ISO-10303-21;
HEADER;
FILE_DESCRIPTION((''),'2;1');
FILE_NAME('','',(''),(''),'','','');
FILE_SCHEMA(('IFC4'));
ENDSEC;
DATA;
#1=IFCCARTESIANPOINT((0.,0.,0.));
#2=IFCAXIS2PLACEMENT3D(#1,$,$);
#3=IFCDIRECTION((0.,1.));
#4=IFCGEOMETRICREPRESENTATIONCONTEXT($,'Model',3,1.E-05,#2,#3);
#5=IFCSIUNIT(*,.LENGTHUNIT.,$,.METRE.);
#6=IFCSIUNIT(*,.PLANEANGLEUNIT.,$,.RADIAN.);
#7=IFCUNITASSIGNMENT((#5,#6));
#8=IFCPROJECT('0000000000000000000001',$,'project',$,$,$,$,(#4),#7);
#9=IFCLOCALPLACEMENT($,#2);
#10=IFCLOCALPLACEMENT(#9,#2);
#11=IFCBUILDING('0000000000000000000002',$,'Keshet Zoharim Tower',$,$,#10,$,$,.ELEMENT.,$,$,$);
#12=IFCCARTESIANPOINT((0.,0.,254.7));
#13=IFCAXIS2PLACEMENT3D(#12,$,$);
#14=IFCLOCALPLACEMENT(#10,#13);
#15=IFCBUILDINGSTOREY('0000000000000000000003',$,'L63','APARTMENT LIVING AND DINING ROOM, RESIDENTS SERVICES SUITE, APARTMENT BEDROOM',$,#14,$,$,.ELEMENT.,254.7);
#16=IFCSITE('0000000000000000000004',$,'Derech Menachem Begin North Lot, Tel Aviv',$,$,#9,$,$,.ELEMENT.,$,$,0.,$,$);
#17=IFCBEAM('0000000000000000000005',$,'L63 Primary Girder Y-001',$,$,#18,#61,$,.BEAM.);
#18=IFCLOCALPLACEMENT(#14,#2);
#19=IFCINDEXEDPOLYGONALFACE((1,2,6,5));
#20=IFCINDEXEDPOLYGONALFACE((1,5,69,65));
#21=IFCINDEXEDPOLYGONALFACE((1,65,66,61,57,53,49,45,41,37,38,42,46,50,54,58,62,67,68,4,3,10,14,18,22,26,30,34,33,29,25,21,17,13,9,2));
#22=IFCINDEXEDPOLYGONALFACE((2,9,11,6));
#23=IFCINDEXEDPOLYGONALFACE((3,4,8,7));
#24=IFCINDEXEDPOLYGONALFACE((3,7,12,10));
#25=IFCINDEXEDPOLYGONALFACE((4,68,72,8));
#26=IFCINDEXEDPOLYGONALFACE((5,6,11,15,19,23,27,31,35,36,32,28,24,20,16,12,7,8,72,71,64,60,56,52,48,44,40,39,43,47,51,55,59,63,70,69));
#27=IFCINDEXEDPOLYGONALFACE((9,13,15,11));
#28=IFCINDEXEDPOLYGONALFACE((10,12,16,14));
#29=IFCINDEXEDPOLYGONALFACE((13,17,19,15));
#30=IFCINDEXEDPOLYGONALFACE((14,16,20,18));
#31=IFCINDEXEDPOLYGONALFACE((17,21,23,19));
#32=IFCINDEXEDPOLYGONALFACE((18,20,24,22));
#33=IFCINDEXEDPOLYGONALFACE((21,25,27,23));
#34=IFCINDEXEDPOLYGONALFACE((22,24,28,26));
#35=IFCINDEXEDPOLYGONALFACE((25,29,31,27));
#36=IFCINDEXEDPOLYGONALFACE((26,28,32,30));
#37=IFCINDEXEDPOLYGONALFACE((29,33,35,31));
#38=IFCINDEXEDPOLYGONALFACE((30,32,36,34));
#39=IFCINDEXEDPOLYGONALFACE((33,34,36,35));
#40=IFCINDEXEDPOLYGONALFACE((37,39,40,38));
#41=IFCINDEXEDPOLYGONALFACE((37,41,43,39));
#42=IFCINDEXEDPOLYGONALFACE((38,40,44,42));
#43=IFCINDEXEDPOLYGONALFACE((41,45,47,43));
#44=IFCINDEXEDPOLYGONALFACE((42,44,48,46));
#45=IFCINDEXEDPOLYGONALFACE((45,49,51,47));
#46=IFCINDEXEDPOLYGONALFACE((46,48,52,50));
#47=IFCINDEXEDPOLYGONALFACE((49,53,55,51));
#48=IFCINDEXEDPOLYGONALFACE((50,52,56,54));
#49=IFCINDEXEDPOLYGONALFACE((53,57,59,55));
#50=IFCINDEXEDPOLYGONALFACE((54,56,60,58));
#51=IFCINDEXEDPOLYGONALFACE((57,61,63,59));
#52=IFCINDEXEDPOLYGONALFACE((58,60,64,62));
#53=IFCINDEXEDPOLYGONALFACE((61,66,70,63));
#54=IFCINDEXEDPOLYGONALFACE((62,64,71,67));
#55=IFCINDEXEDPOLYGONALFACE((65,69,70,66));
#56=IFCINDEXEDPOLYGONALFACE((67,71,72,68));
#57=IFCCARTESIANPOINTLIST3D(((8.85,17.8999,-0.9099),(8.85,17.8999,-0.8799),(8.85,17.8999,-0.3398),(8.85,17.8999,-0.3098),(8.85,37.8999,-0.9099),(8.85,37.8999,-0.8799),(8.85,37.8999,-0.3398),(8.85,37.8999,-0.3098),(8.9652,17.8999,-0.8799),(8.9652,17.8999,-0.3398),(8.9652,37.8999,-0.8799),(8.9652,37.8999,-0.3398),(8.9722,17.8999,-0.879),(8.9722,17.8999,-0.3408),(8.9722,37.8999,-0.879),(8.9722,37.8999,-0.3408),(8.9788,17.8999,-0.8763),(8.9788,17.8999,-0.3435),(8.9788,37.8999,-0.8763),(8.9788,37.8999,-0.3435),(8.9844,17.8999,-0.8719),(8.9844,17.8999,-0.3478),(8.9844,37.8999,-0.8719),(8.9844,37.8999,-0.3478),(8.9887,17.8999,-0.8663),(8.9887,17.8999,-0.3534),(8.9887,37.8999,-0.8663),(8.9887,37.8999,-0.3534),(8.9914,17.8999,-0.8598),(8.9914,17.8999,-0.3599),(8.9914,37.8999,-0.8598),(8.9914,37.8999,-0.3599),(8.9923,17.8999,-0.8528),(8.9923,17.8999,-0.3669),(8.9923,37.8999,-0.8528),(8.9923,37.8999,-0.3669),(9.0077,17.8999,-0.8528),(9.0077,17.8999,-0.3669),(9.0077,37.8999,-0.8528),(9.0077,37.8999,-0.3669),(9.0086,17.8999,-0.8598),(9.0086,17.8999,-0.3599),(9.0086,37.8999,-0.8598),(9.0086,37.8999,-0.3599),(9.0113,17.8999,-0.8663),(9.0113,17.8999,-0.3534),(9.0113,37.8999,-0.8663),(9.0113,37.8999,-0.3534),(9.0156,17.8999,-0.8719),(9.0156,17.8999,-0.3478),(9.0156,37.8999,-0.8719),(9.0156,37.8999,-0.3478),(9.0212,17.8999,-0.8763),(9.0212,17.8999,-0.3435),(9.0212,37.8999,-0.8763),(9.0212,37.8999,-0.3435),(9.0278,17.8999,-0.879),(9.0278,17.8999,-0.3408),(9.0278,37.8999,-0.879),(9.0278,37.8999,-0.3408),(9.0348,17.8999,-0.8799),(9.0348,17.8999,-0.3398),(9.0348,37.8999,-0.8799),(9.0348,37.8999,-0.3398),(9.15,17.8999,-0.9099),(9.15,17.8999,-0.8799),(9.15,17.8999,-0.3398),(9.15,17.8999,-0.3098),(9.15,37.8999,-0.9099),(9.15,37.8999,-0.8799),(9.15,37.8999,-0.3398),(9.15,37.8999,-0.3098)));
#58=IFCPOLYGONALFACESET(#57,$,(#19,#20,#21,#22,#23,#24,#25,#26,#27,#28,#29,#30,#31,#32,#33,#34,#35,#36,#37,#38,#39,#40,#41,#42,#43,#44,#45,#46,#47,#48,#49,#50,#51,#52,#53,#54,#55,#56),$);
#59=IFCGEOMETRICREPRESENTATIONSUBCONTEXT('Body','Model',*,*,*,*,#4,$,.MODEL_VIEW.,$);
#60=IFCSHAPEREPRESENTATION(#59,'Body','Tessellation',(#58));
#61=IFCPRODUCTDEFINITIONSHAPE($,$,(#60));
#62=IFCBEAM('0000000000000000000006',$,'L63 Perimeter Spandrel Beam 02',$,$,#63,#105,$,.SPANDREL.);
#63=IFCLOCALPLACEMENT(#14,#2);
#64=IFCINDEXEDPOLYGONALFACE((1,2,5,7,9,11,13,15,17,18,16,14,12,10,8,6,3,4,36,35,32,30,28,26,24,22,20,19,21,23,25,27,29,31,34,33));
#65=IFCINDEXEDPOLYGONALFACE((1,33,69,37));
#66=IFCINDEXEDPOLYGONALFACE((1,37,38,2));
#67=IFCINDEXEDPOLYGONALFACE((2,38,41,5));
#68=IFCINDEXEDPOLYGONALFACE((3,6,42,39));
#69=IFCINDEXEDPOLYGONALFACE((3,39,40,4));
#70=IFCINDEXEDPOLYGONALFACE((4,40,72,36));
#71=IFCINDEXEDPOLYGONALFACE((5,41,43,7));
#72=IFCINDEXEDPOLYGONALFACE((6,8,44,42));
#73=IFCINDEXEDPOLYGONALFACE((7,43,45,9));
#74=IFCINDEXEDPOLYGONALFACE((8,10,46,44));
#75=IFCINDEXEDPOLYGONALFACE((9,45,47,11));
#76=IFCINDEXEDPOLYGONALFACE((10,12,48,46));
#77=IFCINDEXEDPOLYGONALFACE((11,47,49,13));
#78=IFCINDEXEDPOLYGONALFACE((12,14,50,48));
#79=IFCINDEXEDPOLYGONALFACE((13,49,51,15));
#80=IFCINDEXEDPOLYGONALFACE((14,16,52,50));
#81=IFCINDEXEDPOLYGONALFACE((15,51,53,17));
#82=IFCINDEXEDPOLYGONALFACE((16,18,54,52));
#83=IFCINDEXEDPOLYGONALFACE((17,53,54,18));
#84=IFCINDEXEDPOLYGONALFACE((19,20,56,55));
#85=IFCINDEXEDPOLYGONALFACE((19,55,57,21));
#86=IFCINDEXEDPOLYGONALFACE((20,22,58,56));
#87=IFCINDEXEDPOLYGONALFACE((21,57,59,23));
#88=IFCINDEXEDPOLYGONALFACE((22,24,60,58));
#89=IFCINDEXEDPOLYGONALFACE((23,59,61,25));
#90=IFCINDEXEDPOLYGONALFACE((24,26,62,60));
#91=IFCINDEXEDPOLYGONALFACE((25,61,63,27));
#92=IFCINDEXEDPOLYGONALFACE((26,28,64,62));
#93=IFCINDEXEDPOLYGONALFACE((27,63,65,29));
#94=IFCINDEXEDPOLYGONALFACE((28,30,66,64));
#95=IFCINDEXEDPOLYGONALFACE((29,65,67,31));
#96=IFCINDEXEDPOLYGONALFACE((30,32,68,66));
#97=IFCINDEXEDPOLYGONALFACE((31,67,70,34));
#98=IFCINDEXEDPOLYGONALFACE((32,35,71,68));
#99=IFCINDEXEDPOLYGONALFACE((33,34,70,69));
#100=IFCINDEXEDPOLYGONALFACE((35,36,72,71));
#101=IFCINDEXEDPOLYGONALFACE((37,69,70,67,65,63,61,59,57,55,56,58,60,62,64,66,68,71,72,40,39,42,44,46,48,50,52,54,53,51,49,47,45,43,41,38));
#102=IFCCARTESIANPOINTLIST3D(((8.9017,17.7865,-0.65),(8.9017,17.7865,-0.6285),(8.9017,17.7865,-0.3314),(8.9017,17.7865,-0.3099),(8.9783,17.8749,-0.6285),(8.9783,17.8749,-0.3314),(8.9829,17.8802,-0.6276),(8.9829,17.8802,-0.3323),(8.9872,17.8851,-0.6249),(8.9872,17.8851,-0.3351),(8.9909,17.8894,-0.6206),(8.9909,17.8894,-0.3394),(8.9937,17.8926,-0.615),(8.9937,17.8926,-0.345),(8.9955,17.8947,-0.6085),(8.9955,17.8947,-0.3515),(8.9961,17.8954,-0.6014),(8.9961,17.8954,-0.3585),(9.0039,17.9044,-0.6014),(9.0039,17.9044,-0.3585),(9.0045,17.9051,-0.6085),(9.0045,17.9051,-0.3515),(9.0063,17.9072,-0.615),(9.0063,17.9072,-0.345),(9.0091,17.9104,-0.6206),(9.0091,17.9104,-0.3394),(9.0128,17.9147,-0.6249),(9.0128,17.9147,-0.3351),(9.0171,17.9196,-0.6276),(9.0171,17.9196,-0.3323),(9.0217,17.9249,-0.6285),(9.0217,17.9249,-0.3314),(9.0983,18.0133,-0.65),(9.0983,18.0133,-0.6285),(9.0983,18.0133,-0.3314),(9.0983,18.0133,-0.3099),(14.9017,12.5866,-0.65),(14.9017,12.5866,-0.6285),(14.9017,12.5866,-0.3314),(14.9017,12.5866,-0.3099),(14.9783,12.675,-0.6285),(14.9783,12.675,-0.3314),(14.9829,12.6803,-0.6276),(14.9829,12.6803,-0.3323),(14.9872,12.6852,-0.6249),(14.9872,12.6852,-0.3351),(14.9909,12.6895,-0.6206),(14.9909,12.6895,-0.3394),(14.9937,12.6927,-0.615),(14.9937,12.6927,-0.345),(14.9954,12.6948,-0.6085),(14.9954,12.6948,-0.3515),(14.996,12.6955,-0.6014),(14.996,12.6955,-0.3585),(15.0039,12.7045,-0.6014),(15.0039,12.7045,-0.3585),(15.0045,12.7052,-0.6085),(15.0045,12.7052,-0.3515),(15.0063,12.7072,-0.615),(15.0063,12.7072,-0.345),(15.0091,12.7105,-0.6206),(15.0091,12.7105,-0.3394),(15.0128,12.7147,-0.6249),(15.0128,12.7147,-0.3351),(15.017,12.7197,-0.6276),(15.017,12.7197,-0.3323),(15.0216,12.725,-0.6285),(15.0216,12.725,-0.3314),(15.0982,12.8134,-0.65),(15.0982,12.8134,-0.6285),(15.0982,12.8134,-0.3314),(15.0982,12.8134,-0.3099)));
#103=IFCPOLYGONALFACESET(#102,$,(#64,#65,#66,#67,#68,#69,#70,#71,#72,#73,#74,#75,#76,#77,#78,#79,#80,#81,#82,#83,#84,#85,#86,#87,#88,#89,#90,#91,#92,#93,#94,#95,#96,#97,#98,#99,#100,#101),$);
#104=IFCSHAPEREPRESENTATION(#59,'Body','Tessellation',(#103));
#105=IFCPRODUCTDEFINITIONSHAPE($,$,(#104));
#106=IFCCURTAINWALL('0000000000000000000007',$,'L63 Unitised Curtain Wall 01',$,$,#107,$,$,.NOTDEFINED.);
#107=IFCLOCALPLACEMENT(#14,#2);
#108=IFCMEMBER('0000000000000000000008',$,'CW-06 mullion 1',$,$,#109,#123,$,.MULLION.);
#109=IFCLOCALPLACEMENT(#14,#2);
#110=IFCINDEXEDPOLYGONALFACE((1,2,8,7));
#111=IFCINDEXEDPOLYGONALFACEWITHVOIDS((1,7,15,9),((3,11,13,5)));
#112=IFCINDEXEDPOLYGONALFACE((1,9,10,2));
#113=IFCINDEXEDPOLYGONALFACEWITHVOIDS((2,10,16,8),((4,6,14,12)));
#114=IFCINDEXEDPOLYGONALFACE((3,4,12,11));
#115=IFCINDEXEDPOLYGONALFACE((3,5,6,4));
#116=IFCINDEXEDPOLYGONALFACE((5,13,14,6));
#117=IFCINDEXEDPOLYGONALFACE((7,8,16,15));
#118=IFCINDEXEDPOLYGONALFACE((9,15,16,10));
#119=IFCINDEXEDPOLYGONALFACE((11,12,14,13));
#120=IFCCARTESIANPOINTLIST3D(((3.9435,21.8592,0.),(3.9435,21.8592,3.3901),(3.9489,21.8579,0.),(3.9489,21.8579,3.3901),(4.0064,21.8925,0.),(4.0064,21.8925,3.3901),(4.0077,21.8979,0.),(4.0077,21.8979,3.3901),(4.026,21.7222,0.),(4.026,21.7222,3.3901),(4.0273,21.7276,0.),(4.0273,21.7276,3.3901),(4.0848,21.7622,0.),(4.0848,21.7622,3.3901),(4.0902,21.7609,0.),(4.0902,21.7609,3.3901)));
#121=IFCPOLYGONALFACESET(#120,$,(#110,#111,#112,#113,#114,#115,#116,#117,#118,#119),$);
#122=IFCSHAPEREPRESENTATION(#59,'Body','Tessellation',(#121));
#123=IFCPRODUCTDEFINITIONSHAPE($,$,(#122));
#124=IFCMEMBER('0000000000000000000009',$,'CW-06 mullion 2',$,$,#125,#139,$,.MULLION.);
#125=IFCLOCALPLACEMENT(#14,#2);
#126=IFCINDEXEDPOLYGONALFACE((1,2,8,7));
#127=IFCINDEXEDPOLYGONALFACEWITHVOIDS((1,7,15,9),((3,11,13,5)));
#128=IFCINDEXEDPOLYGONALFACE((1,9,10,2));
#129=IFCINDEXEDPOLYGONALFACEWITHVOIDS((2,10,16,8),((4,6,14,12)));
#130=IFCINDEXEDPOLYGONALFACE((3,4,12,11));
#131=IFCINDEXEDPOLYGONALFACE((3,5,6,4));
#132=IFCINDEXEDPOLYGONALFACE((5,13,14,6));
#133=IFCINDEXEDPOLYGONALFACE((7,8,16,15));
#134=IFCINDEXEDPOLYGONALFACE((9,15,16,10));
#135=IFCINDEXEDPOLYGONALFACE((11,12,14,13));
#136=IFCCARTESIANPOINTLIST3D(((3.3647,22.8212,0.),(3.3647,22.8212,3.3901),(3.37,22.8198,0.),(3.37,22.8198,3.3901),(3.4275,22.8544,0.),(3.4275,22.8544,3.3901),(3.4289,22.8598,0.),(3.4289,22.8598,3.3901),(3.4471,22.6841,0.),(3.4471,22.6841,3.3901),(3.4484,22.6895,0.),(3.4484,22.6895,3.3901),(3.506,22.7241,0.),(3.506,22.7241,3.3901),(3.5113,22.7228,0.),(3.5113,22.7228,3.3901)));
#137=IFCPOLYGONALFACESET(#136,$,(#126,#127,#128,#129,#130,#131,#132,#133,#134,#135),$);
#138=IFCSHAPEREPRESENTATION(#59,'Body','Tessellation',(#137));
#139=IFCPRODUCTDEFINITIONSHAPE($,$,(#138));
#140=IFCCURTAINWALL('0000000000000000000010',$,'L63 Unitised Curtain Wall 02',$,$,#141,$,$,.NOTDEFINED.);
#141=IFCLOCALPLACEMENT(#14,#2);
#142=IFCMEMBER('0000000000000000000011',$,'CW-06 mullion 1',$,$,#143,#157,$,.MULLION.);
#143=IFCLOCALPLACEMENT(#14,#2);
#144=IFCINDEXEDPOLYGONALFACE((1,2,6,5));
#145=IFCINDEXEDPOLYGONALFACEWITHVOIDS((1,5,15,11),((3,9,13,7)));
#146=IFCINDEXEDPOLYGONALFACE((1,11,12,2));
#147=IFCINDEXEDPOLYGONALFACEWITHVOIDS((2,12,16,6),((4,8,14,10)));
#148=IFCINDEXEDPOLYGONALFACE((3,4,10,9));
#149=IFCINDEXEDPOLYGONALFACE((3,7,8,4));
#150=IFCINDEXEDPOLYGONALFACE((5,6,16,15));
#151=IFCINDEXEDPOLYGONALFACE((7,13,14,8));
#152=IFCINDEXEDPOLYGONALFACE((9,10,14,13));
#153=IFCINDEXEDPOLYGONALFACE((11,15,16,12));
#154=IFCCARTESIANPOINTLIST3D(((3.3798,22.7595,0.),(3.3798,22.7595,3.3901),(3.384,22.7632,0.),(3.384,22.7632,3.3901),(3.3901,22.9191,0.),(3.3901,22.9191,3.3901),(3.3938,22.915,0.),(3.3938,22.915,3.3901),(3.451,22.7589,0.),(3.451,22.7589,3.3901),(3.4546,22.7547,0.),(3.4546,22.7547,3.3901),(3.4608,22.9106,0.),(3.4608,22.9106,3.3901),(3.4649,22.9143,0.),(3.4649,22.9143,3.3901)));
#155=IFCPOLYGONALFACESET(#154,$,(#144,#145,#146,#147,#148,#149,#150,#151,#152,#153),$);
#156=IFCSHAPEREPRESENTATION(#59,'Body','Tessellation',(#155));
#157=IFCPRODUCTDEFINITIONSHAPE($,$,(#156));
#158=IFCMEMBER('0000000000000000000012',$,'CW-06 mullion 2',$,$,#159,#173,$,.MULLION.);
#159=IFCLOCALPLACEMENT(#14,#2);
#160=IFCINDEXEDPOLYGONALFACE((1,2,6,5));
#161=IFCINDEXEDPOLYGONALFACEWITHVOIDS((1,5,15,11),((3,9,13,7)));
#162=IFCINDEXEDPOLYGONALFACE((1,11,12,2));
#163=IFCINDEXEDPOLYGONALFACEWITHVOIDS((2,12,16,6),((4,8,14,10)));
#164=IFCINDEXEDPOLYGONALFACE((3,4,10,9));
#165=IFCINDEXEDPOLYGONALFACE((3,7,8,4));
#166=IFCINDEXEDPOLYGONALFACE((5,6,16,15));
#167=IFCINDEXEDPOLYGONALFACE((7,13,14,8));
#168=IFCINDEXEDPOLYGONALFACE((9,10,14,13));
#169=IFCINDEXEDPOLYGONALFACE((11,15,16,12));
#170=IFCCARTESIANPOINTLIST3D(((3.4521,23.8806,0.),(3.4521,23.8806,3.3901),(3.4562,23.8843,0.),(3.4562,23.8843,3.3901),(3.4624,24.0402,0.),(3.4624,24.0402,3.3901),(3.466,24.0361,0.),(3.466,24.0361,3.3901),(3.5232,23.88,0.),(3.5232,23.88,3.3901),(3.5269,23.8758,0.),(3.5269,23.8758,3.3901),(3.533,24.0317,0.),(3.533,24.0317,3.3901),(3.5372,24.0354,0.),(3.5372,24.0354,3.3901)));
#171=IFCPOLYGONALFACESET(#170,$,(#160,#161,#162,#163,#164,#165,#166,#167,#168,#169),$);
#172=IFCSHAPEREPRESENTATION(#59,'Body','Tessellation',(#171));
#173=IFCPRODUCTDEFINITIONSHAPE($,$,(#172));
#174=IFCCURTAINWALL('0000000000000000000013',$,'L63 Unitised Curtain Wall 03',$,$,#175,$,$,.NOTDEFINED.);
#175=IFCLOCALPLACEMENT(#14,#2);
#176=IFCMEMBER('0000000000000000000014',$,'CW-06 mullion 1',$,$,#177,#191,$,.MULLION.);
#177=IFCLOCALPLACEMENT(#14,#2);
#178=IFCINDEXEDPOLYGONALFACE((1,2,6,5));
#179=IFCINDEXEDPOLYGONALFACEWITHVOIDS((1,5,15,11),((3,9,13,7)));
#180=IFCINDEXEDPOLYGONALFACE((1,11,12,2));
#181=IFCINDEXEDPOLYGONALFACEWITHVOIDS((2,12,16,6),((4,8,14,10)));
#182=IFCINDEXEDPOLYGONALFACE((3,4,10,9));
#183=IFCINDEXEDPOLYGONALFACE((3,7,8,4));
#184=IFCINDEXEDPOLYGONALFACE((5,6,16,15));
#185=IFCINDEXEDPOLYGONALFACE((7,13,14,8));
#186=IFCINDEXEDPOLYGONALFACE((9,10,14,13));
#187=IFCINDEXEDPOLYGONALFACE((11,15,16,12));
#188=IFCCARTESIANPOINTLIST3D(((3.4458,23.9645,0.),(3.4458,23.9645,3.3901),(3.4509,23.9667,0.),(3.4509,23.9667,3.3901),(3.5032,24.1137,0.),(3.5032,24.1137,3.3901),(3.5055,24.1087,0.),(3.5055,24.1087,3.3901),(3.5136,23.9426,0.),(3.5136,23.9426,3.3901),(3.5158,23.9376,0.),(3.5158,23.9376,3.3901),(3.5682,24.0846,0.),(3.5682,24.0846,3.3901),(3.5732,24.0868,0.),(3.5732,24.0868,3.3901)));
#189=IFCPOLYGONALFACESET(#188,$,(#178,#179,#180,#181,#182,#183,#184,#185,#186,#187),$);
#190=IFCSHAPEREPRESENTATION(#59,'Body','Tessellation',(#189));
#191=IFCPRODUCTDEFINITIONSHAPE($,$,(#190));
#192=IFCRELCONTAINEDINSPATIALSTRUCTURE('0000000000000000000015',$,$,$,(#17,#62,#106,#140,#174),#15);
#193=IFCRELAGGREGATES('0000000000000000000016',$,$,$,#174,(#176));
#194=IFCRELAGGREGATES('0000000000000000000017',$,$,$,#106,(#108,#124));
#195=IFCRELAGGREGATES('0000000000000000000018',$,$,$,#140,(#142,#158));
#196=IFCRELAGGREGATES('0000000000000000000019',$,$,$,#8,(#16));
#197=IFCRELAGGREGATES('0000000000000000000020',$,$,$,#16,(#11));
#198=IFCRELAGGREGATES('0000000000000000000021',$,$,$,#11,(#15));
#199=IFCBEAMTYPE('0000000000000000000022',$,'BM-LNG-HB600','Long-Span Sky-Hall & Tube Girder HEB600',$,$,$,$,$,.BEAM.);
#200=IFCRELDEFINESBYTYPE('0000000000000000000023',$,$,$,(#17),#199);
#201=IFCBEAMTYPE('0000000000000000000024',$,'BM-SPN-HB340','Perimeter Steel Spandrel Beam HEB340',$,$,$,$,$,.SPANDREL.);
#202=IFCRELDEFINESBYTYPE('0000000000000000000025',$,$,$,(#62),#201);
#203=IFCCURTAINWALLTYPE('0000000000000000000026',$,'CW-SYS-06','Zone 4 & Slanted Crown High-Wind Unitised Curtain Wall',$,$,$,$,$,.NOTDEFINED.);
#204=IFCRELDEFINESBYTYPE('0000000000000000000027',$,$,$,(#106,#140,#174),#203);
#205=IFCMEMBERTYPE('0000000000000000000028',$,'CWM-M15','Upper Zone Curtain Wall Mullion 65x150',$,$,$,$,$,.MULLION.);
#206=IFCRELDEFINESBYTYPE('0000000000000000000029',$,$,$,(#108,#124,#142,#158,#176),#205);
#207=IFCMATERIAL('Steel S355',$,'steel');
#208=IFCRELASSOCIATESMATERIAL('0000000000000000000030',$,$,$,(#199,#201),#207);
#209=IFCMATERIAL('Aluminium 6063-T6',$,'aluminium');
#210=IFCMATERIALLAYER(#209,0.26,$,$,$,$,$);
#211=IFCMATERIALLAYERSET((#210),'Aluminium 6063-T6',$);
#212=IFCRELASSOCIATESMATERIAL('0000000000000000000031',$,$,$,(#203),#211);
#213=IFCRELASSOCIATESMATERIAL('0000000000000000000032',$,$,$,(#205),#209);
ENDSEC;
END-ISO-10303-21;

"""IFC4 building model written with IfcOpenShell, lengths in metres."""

from ifc_helpers import new_model, si_unit, direction, frame, origin, origin_2d, place, context, subcontext, project, spatial, hollow_rectangle, i_section, extrude, material, layer, layer_set, material_profile, profile_set, type_object, element, aggregate, save


model = new_model("IFC4")

# Units and contexts
model_context = context("Model", 3, precision=1e-05, world=origin(), true_north=direction((0.0, 1.0)))
body_context = subcontext(model_context, "Body", "Model", "MODEL_VIEW")
ifc_project = project(units=[si_unit("LENGTHUNIT", "METRE"), si_unit("PLANEANGLEUNIT", "RADIAN")], contexts=[model_context])

# Site, building, storey
site_placement = place(None, origin())
site = spatial("IfcSite", under=ifc_project, at=site_placement, Name="Derech Menachem Begin North Lot, Tel Aviv", CompositionType="ELEMENT", RefElevation=0.0)
building_placement = place(site_placement, origin())
building = spatial("IfcBuilding", under=site, at=building_placement, Name="Keshet Zoharim Tower", CompositionType="ELEMENT")
storey_placement = place(building_placement, frame((0.0, 0.0, 254.7)))
storey = spatial("IfcBuildingStorey", under=building, at=storey_placement, Name="L63", Description="APARTMENT LIVING AND DINING ROOM, RESIDENTS SERVICES SUITE, APARTMENT BEDROOM", CompositionType="ELEMENT", Elevation=254.7)

# Beams
ifc_material_1 = material(Name="Steel S355", Category="steel")
ifc_material_profile_1 = material_profile(ifc_material_1, i_section(OverallWidth=0.3, OverallDepth=0.6001, WebThickness=0.0154, FlangeThickness=0.03, FilletRadius=0.0271, at=origin_2d()), Name="HEB600")
ifc_profile_set_1 = profile_set([ifc_material_profile_1], Name="Steel S355")
beam_type_1 = type_object("IfcBeamType", Name="BM-LNG-HB600", Description="Long-Span Sky-Hall & Tube Girder HEB600", PredefinedType="BEAM", material=ifc_profile_set_1)
beam_1_placement = place(storey_placement, frame((9.0, 17.8999, -0.6099), z_axis=(0.0, 1.0, 0.0), x_axis=(-1.0, 0.0, 0.0)))
element("IfcBeam", 1, at=beam_1_placement, inside=storey, type_object=beam_type_1, Name="L63 Primary Girder Y-001", PredefinedType="BEAM", context=body_context, shape_type="SweptSolid", body=[
    extrude(i_section(OverallWidth=0.3, OverallDepth=0.6001, WebThickness=0.0154, FlangeThickness=0.03, FilletRadius=0.0271, at=origin_2d()), origin(), (0.0, 0.0, 1.0), 20.0),
])
ifc_material_profile_2 = material_profile(ifc_material_1, i_section(OverallWidth=0.3, OverallDepth=0.3401, WebThickness=0.012, FlangeThickness=0.0215, FilletRadius=0.0271, at=origin_2d()), Name="HEB340")
ifc_profile_set_2 = profile_set([ifc_material_profile_2], Name="Steel S355")
beam_type_2 = type_object("IfcBeamType", Name="BM-SPN-HB340", Description="Perimeter Steel Spandrel Beam HEB340", PredefinedType="SPANDREL", material=ifc_profile_set_2)
beam_2_placement = place(storey_placement, frame((9.0, 17.8999, -0.48), z_axis=(0.755692, -0.654927, 0.0), x_axis=(0.654927, 0.755692, 0.0)))
element("IfcBeam", 2, at=beam_2_placement, inside=storey, type_object=beam_type_2, Name="L63 Perimeter Spandrel Beam 02", PredefinedType="SPANDREL", context=body_context, shape_type="SweptSolid", body=[
    extrude(i_section(OverallWidth=0.3, OverallDepth=0.3401, WebThickness=0.012, FlangeThickness=0.0215, FilletRadius=0.0271, at=origin_2d()), origin(), (0.0, 0.0, 1.0), 7.9397),
])

# Curtain walls, members
ifc_material_2 = material(Name="Aluminium 6063-T6", Category="aluminium")
ifc_layer_1 = layer(ifc_material_2, 0.26)
ifc_layer_set_1 = layer_set([ifc_layer_1], Name="Aluminium 6063-T6")
curtain_wall_type = type_object("IfcCurtainWallType", Name="CW-SYS-06", Description="Zone 4 & Slanted Crown High-Wind Unitised Curtain Wall", PredefinedType="NOTDEFINED", material=ifc_layer_set_1)
curtain_wall_1_placement = place(storey_placement, origin())
curtain_wall_1 = element("IfcCurtainWall", 3, at=curtain_wall_1_placement, inside=storey, type_object=curtain_wall_type, Name="L63 Unitised Curtain Wall 01", PredefinedType="NOTDEFINED")
ifc_material_profile_3 = material_profile(ifc_material_2, hollow_rectangle(XDim=0.075, YDim=0.1599, WallThickness=0.0039, at=origin_2d()), Name="MUL-75x160")
ifc_profile_set_3 = profile_set([ifc_material_profile_3], Name="Aluminium 6063-T6")
member_type_1 = type_object("IfcMemberType", Name="CWM-M15", Description="Upper Zone Curtain Wall Mullion 65x150", PredefinedType="MULLION", material=ifc_profile_set_3)
member_1_placement = place(storey_placement, frame((4.0168, 21.8101, 0.0), z_axis=(0.0, 0.0, 1.0), x_axis=(-0.856826, -0.515605, 0.0)))
member_1 = element("IfcMember", 4, at=member_1_placement, type_object=member_type_1, Name="CW-06 mullion 1", PredefinedType="MULLION", context=body_context, shape_type="SweptSolid", body=[
    extrude(hollow_rectangle(XDim=0.075, YDim=0.1599, WallThickness=0.0039, at=origin_2d()), origin(), (0.0, 0.0, 1.0), 3.3901),
])
member_2_placement = place(storey_placement, frame((3.438, 22.772, 0.0), z_axis=(0.0, 0.0, 1.0), x_axis=(-0.856826, -0.515605, 0.0)))
member_2 = element("IfcMember", 5, at=member_2_placement, type_object=member_type_1, Name="CW-06 mullion 2", PredefinedType="MULLION", context=body_context, shape_type="SweptSolid", body=[
    extrude(hollow_rectangle(XDim=0.075, YDim=0.1599, WallThickness=0.0039, at=origin_2d()), origin(), (0.0, 0.0, 1.0), 3.3901),
])
curtain_wall_2_placement = place(storey_placement, origin())
curtain_wall_2 = element("IfcCurtainWall", 6, at=curtain_wall_2_placement, inside=storey, type_object=curtain_wall_type, Name="L63 Unitised Curtain Wall 02", PredefinedType="NOTDEFINED")
member_3_placement = place(storey_placement, frame((3.4224, 22.8369, 0.0), z_axis=(0.0, 0.0, 1.0), x_axis=(-0.997917, 0.064517, 0.0)))
member_3 = element("IfcMember", 7, at=member_3_placement, type_object=member_type_1, Name="CW-06 mullion 1", PredefinedType="MULLION", context=body_context, shape_type="SweptSolid", body=[
    extrude(hollow_rectangle(XDim=0.075, YDim=0.1599, WallThickness=0.0039, at=origin_2d()), origin(), (0.0, 0.0, 1.0), 3.3901),
])
member_4_placement = place(storey_placement, frame((3.4946, 23.958, 0.0), z_axis=(0.0, 0.0, 1.0), x_axis=(-0.997917, 0.064517, 0.0)))
member_4 = element("IfcMember", 8, at=member_4_placement, type_object=member_type_1, Name="CW-06 mullion 2", PredefinedType="MULLION", context=body_context, shape_type="SweptSolid", body=[
    extrude(hollow_rectangle(XDim=0.075, YDim=0.1599, WallThickness=0.0039, at=origin_2d()), origin(), (0.0, 0.0, 1.0), 3.3901),
])

# Curtain wall, member
curtain_wall_3_placement = place(storey_placement, origin())
curtain_wall_3 = element("IfcCurtainWall", 9, at=curtain_wall_3_placement, inside=storey, type_object=curtain_wall_type, Name="L63 Unitised Curtain Wall 03", PredefinedType="NOTDEFINED")
member_5_placement = place(storey_placement, frame((3.5095, 24.0256, 0.0), z_axis=(0.0, 0.0, 1.0), x_axis=(-0.933341, 0.35899, 0.0)))
member_5 = element("IfcMember", 10, at=member_5_placement, type_object=member_type_1, Name="CW-06 mullion 1", PredefinedType="MULLION", context=body_context, shape_type="SweptSolid", body=[
    extrude(hollow_rectangle(XDim=0.075, YDim=0.1599, WallThickness=0.0039, at=origin_2d()), origin(), (0.0, 0.0, 1.0), 3.3901),
])

aggregate(curtain_wall_3, [member_5])

aggregate(curtain_wall_1, [member_1, member_2])
aggregate(curtain_wall_2, [member_3, member_4])

save(model, "model.ifc")
